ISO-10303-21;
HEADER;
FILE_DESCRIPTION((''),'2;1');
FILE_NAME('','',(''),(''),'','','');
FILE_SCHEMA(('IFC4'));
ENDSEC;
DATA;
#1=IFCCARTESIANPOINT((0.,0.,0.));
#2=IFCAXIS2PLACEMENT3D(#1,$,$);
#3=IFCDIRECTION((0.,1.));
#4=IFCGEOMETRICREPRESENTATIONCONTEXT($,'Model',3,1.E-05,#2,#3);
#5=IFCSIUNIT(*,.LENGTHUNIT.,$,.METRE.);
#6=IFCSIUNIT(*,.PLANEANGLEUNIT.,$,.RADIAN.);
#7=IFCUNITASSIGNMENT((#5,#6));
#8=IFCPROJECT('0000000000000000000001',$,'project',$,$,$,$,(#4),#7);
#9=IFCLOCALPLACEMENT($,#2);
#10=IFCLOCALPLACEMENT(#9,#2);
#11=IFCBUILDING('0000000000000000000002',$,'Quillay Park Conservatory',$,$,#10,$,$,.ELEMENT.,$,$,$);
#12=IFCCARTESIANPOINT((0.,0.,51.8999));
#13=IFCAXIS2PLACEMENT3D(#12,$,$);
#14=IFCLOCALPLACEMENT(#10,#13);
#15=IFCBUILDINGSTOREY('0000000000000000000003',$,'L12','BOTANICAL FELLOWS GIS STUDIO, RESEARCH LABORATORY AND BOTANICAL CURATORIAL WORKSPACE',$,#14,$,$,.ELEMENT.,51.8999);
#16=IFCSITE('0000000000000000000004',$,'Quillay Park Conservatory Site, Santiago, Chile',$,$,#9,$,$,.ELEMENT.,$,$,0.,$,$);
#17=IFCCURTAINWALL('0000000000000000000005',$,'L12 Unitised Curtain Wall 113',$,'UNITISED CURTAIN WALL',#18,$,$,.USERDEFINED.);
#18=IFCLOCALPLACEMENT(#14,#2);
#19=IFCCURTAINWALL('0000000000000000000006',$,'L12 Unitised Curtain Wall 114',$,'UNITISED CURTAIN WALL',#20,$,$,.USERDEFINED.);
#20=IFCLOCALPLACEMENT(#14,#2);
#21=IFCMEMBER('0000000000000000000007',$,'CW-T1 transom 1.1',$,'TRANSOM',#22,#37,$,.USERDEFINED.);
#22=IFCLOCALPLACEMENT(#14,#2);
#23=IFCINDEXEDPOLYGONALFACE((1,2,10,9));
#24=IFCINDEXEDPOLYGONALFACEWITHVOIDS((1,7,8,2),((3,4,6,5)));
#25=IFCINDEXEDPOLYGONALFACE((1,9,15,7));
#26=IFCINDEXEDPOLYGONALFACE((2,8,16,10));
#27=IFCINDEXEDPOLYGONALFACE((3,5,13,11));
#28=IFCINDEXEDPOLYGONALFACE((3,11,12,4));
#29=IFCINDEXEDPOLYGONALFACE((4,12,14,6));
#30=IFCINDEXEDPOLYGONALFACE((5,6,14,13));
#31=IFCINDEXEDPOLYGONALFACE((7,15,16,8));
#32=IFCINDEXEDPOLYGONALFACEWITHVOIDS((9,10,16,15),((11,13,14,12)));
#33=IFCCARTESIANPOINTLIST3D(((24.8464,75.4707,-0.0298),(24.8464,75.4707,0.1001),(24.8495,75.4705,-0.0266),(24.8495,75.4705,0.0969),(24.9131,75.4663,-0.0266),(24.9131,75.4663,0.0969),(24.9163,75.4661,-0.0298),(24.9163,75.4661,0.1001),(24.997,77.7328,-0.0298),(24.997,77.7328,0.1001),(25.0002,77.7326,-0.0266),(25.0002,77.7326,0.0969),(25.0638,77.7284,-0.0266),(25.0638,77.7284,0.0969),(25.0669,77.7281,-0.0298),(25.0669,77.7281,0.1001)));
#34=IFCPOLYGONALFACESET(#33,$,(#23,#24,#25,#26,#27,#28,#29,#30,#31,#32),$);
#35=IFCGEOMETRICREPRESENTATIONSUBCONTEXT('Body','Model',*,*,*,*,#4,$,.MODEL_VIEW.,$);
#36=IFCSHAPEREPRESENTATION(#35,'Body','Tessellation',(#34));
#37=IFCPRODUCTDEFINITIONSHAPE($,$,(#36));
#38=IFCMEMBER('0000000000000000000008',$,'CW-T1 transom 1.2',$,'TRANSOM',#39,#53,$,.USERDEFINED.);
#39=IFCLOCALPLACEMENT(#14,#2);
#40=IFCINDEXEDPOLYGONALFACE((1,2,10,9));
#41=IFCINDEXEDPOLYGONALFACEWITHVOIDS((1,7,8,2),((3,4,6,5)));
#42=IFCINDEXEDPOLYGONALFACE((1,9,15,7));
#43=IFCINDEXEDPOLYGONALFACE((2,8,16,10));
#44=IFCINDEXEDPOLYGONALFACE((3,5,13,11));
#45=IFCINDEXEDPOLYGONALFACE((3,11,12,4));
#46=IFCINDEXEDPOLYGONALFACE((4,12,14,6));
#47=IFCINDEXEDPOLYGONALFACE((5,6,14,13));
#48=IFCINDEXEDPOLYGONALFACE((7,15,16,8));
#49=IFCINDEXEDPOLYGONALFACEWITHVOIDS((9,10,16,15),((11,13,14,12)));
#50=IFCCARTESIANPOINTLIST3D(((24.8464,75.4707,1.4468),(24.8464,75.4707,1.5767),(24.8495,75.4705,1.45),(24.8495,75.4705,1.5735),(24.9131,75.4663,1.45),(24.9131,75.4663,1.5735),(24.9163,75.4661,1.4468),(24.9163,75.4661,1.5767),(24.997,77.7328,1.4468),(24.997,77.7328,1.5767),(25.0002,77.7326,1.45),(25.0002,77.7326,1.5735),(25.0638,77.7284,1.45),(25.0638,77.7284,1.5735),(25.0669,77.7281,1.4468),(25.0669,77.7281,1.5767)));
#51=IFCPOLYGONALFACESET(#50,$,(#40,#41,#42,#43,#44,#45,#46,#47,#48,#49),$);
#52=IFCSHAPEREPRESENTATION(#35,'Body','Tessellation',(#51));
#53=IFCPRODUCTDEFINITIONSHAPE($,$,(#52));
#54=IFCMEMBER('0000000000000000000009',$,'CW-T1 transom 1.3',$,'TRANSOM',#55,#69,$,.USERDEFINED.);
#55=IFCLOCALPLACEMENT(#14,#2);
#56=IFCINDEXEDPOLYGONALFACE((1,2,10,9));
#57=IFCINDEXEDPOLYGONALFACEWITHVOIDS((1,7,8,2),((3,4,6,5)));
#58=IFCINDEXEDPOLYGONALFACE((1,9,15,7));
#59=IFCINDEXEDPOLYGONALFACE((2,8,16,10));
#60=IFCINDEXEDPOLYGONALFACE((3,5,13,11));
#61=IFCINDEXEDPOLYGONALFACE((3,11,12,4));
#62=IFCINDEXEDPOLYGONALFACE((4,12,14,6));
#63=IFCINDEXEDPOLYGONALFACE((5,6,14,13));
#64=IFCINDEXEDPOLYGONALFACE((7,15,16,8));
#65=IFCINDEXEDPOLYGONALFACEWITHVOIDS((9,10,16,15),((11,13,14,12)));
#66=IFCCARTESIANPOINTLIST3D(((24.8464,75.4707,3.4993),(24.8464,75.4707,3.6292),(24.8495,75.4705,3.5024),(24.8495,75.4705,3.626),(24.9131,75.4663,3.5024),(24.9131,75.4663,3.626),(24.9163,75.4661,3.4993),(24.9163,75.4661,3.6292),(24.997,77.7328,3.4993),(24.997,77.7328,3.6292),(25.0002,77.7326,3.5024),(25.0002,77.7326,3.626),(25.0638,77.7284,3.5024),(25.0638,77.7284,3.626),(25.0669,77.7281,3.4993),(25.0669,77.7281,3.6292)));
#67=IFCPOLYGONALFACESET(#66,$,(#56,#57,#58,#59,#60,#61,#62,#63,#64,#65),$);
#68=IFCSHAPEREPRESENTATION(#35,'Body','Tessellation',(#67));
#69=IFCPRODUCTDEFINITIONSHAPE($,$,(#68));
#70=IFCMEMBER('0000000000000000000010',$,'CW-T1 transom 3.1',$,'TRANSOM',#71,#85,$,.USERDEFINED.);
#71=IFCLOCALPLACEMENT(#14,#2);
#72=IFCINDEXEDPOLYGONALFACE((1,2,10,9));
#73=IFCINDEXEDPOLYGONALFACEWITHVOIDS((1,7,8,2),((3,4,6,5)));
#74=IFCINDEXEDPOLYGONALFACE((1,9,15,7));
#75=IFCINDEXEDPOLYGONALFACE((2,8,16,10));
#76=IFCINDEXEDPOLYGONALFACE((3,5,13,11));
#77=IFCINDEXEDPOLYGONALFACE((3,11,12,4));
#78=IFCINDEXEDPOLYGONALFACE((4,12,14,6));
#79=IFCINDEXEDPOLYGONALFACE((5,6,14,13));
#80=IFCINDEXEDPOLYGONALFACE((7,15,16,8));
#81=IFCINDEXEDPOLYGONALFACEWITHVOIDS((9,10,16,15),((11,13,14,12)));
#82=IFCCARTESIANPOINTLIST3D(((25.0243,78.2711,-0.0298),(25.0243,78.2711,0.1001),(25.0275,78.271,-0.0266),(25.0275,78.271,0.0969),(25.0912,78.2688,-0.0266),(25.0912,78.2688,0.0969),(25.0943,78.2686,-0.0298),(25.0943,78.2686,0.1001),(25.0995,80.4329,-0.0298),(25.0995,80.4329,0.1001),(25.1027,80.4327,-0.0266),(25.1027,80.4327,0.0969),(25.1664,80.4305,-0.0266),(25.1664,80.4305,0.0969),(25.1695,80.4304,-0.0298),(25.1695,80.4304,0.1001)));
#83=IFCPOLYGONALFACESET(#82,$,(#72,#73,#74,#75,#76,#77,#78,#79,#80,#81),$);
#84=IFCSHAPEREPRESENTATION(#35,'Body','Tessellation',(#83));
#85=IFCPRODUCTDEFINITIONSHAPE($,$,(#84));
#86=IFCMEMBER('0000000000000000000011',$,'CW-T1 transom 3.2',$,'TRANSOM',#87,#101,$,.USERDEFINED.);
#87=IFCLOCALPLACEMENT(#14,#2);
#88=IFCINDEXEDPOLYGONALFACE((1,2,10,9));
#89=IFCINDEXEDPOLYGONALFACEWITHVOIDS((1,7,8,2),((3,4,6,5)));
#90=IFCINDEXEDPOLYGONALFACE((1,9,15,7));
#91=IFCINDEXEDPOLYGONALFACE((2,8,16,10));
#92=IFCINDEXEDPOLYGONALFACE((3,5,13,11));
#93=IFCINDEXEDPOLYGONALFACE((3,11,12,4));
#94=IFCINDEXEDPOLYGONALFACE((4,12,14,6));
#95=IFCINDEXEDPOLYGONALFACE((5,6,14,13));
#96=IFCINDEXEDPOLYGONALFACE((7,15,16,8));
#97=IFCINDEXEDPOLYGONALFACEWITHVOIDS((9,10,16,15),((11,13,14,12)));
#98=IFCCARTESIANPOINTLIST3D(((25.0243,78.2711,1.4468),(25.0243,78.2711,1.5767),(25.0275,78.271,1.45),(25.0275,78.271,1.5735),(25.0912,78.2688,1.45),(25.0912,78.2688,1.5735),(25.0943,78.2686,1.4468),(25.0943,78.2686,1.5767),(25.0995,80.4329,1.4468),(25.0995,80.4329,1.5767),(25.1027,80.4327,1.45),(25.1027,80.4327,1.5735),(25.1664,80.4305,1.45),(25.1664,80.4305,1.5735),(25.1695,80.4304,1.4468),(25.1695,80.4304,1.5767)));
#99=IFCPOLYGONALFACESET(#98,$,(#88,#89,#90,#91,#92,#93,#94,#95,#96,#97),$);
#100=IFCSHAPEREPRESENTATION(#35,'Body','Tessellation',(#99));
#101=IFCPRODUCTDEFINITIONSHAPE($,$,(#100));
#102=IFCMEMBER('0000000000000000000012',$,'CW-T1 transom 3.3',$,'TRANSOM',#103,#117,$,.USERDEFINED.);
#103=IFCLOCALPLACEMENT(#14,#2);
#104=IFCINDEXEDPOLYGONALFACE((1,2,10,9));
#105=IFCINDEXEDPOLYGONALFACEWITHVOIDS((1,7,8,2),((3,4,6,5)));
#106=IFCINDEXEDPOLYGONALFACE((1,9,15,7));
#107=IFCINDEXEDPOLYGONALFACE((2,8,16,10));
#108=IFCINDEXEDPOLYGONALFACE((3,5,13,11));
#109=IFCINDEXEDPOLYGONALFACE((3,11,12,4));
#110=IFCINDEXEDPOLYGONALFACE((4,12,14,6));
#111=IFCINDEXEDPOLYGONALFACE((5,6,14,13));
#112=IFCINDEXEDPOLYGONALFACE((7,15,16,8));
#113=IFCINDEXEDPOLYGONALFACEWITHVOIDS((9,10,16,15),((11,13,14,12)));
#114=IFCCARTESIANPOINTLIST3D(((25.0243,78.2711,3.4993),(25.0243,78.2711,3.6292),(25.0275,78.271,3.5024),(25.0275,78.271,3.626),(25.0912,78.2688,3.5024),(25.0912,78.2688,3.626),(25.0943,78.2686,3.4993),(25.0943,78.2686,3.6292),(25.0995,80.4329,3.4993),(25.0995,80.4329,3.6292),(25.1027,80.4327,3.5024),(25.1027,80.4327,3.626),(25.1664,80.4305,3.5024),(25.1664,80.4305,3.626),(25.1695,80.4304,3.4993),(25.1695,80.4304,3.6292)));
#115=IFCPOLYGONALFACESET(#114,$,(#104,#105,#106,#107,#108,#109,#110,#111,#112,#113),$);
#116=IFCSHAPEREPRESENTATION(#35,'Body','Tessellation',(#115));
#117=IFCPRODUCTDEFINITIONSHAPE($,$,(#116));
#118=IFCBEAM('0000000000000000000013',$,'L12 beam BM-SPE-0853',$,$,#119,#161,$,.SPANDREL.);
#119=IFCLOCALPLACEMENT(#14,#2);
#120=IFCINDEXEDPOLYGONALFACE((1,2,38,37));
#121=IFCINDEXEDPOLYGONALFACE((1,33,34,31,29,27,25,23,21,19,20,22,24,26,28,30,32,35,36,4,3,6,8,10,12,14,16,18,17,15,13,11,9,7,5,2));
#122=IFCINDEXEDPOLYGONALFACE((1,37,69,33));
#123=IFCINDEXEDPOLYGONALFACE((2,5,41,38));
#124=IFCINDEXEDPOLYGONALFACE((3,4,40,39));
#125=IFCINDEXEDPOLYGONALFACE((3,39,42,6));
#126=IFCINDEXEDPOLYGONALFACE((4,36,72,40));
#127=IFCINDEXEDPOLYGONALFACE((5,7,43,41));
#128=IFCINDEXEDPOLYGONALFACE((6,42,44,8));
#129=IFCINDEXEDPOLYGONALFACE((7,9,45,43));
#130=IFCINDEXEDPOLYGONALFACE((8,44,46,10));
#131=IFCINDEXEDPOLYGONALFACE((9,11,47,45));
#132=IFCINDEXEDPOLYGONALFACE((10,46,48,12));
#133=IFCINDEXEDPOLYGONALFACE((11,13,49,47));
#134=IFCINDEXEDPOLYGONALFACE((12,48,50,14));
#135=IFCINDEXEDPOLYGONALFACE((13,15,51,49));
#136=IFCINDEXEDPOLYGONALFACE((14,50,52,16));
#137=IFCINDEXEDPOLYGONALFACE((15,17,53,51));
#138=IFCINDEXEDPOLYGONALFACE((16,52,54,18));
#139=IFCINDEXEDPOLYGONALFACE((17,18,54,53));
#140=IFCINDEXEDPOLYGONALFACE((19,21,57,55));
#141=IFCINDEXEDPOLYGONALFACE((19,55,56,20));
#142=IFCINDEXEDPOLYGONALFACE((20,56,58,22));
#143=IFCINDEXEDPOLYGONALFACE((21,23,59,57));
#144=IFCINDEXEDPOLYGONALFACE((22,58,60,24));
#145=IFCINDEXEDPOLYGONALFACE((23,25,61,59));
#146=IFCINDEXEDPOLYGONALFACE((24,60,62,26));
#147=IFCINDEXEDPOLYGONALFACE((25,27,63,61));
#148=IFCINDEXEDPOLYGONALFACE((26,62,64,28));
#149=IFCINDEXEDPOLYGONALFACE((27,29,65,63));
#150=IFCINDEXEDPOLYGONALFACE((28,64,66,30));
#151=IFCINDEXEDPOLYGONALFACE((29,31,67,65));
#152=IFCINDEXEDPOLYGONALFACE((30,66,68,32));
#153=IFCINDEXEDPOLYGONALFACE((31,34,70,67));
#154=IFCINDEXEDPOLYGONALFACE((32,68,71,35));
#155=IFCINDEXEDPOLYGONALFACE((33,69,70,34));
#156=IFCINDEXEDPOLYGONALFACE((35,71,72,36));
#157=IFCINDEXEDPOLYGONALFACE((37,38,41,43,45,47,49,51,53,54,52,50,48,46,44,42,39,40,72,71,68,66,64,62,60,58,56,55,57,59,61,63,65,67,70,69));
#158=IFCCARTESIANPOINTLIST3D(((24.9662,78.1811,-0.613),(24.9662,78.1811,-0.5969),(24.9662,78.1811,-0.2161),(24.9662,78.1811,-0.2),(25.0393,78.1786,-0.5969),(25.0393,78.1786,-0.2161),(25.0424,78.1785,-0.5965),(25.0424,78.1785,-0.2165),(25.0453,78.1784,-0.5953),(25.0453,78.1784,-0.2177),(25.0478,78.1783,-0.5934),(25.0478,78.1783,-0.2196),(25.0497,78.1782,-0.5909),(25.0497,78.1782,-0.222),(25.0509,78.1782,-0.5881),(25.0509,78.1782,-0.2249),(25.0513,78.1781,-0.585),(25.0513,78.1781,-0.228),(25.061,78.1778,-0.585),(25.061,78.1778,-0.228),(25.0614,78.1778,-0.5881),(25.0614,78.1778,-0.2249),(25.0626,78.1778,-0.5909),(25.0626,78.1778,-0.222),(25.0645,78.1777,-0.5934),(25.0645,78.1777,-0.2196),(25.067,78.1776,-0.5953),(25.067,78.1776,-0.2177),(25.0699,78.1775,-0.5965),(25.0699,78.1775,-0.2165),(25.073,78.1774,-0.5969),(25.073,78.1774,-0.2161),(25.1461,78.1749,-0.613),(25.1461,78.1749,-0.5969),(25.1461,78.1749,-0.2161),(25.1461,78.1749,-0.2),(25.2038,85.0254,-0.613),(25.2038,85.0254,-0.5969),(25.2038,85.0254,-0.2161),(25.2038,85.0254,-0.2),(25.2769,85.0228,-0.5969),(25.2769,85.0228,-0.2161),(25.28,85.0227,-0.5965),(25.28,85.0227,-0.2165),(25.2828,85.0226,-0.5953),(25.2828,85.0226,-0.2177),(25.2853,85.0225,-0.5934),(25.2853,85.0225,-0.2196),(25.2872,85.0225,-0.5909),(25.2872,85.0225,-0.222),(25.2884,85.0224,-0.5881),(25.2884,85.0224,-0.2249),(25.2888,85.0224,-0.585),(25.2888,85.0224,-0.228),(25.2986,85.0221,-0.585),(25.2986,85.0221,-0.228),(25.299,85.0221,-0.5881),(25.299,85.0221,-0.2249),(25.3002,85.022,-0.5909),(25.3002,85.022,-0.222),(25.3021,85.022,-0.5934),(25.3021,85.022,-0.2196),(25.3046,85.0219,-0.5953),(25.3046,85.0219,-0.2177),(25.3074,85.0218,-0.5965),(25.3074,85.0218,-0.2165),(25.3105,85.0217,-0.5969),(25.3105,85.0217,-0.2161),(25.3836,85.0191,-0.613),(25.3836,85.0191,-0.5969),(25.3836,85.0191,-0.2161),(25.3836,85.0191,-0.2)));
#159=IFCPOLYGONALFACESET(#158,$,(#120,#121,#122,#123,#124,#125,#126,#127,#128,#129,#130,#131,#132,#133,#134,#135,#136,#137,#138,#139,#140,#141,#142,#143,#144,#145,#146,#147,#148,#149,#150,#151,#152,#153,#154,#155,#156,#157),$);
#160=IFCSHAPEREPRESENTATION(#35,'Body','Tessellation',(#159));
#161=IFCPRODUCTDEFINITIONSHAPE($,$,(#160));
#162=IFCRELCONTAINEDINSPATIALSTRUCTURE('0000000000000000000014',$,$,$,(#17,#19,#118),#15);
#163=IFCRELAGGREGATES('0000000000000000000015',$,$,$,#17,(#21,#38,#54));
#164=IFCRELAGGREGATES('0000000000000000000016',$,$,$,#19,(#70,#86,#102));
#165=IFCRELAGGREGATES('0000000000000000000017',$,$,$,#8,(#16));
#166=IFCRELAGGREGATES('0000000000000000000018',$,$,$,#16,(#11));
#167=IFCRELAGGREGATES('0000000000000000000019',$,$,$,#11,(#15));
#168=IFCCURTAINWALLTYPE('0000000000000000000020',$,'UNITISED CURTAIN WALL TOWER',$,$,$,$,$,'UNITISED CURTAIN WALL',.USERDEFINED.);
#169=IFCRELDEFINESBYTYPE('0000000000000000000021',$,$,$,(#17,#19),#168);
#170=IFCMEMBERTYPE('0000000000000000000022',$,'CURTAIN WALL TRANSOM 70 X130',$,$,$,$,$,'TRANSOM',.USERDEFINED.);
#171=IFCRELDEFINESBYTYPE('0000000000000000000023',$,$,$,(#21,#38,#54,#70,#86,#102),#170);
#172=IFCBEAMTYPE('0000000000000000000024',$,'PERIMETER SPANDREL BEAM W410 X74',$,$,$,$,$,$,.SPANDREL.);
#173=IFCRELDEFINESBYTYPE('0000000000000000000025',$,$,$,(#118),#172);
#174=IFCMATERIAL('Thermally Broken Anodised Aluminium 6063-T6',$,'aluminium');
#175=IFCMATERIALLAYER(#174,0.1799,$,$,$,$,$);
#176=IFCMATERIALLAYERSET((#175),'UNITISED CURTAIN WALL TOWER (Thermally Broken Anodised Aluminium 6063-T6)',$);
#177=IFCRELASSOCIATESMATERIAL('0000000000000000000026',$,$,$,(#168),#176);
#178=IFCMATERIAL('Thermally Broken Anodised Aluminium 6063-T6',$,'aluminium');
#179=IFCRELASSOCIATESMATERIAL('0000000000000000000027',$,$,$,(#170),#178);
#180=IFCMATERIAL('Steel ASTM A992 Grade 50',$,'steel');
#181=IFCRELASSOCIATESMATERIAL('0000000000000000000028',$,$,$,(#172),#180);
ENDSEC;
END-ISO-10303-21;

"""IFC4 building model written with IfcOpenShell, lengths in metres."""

from ifc_helpers import new_model, si_unit, direction, frame, origin, origin_2d, place, context, subcontext, project, spatial, hollow_rectangle, i_section, extrude, material, layer, layer_set, material_profile, profile_set, type_object, element, aggregate, save


model = new_model("IFC4")

# Units and contexts
model_context = context("Model", 3, precision=1e-05, world=origin(), true_north=direction((0.0, 1.0)))
body_context = subcontext(model_context, "Body", "Model", "MODEL_VIEW")
ifc_project = project(units=[si_unit("LENGTHUNIT", "METRE"), si_unit("PLANEANGLEUNIT", "RADIAN")], contexts=[model_context])

# Site, building, storey
site_placement = place(None, origin())
site = spatial("IfcSite", under=ifc_project, at=site_placement, Name="Quillay Park Conservatory Site, Santiago, Chile", CompositionType="ELEMENT", RefElevation=0.0)
building_placement = place(site_placement, origin())
building = spatial("IfcBuilding", under=site, at=building_placement, Name="Quillay Park Conservatory", CompositionType="ELEMENT")
storey_placement = place(building_placement, frame((0.0, 0.0, 51.8999)))
storey = spatial("IfcBuildingStorey", under=building, at=storey_placement, Name="L12", Description="BOTANICAL FELLOWS GIS STUDIO, RESEARCH LABORATORY AND BOTANICAL CURATORIAL WORKSPACE", CompositionType="ELEMENT", Elevation=51.8999)

# Curtain wall
ifc_material_1 = material(Name="Thermally Broken Anodised Aluminium 6063-T6", Category="aluminium")
ifc_layer_1 = layer(ifc_material_1, 0.1799)
ifc_layer_set_1 = layer_set([ifc_layer_1], Name="UNITISED CURTAIN WALL TOWER (Thermally Broken Anodised Aluminium 6063-T6)")
curtain_wall_type = type_object("IfcCurtainWallType", Name="UNITISED CURTAIN WALL TOWER", ElementType="UNITISED CURTAIN WALL", PredefinedType="USERDEFINED", material=ifc_layer_set_1)
curtain_wall_1_placement = place(storey_placement, origin())
curtain_wall_1 = element("IfcCurtainWall", 1, at=curtain_wall_1_placement, inside=storey, type_object=curtain_wall_type, Name="L12 Unitised Curtain Wall 113", ObjectType="UNITISED CURTAIN WALL", PredefinedType="USERDEFINED")

# Curtain wall
curtain_wall_2_placement = place(storey_placement, origin())
curtain_wall_2 = element("IfcCurtainWall", 2, at=curtain_wall_2_placement, inside=storey, type_object=curtain_wall_type, Name="L12 Unitised Curtain Wall 114", ObjectType="UNITISED CURTAIN WALL", PredefinedType="USERDEFINED")

# Members
ifc_material_2 = material(Name="Thermally Broken Anodised Aluminium 6063-T6", Category="aluminium")
ifc_material_profile_1 = material_profile(ifc_material_2, hollow_rectangle(XDim=0.0701, YDim=0.1299, WallThickness=0.0032, at=origin_2d()), Name="AL70x130x3.2")
ifc_profile_set_1 = profile_set([ifc_material_profile_1], Name="Thermally Broken Anodised Aluminium 6063-T6")
member_type_1 = type_object("IfcMemberType", Name="CURTAIN WALL TRANSOM 70 X130", ElementType="TRANSOM", PredefinedType="USERDEFINED", material=ifc_profile_set_1)
member_1_placement = place(storey_placement, frame((25.032, 77.7305, 0.0352), z_axis=(-0.066448, -0.99779, 0.0), x_axis=(0.99779, -0.066448, 0.0)))
member_1 = element("IfcMember", 3, at=member_1_placement, type_object=member_type_1, Name="CW-T1 transom 1.1", ObjectType="TRANSOM", PredefinedType="USERDEFINED", context=body_context, shape_type="SweptSolid", body=[
    extrude(hollow_rectangle(XDim=0.0701, YDim=0.1299, WallThickness=0.0032, at=origin_2d()), origin(), (0.0, 0.0, 1.0), 2.2671),
])
member_2_placement = place(storey_placement, frame((25.032, 77.7305, 1.5117), z_axis=(-0.066448, -0.99779, 0.0), x_axis=(0.99779, -0.066448, 0.0)))
member_2 = element("IfcMember", 4, at=member_2_placement, type_object=member_type_1, Name="CW-T1 transom 1.2", ObjectType="TRANSOM", PredefinedType="USERDEFINED", context=body_context, shape_type="SweptSolid", body=[
    extrude(hollow_rectangle(XDim=0.0701, YDim=0.1299, WallThickness=0.0032, at=origin_2d()), origin(), (0.0, 0.0, 1.0), 2.2671),
])
member_3_placement = place(storey_placement, frame((25.032, 77.7305, 3.5642), z_axis=(-0.066448, -0.99779, 0.0), x_axis=(0.99779, -0.066448, 0.0)))
member_3 = element("IfcMember", 5, at=member_3_placement, type_object=member_type_1, Name="CW-T1 transom 1.3", ObjectType="TRANSOM", PredefinedType="USERDEFINED", context=body_context, shape_type="SweptSolid", body=[
    extrude(hollow_rectangle(XDim=0.0701, YDim=0.1299, WallThickness=0.0032, at=origin_2d()), origin(), (0.0, 0.0, 1.0), 2.2671),
])
member_4_placement = place(storey_placement, frame((25.1345, 80.4316, 0.0352), z_axis=(-0.034762, -0.999396, 0.0), x_axis=(0.999396, -0.034762, 0.0)))
member_4 = element("IfcMember", 6, at=member_4_placement, type_object=member_type_1, Name="CW-T1 transom 3.1", ObjectType="TRANSOM", PredefinedType="USERDEFINED", context=body_context, shape_type="SweptSolid", body=[
    extrude(hollow_rectangle(XDim=0.0701, YDim=0.1299, WallThickness=0.0032, at=origin_2d()), origin(), (0.0, 0.0, 1.0), 2.1631),
])
member_5_placement = place(storey_placement, frame((25.1345, 80.4316, 1.5117), z_axis=(-0.034762, -0.999396, 0.0), x_axis=(0.999396, -0.034762, 0.0)))
member_5 = element("IfcMember", 7, at=member_5_placement, type_object=member_type_1, Name="CW-T1 transom 3.2", ObjectType="TRANSOM", PredefinedType="USERDEFINED", context=body_context, shape_type="SweptSolid", body=[
    extrude(hollow_rectangle(XDim=0.0701, YDim=0.1299, WallThickness=0.0032, at=origin_2d()), origin(), (0.0, 0.0, 1.0), 2.1631),
])
member_6_placement = place(storey_placement, frame((25.1345, 80.4316, 3.5642), z_axis=(-0.034762, -0.999396, 0.0), x_axis=(0.999396, -0.034762, 0.0)))
member_6 = element("IfcMember", 8, at=member_6_placement, type_object=member_type_1, Name="CW-T1 transom 3.3", ObjectType="TRANSOM", PredefinedType="USERDEFINED", context=body_context, shape_type="SweptSolid", body=[
    extrude(hollow_rectangle(XDim=0.0701, YDim=0.1299, WallThickness=0.0032, at=origin_2d()), origin(), (0.0, 0.0, 1.0), 2.1631),
])

# Beam
ifc_material_3 = material(Name="Steel ASTM A992 Grade 50", Category="steel")
ifc_material_profile_2 = material_profile(ifc_material_3, i_section(OverallWidth=0.1799, OverallDepth=0.4131, WebThickness=0.0098, FlangeThickness=0.0161, FilletRadius=0.012, at=origin_2d()), Name="W410x74")
ifc_profile_set_2 = profile_set([ifc_material_profile_2], Name="Steel ASTM A992 Grade 50")
beam_type_1 = type_object("IfcBeamType", Name="PERIMETER SPANDREL BEAM W410 X74", PredefinedType="SPANDREL", material=ifc_profile_set_2)
beam_1_placement = place(storey_placement, frame((25.0562, 78.178, -0.4065), z_axis=(0.034687, 0.999398, 0.0), x_axis=(-0.999398, 0.034687, 0.0)))
element("IfcBeam", 9, at=beam_1_placement, inside=storey, type_object=beam_type_1, Name="L12 beam BM-SPE-0853", PredefinedType="SPANDREL", context=body_context, shape_type="SweptSolid", body=[
    extrude(i_section(OverallWidth=0.1799, OverallDepth=0.4131, WebThickness=0.0098, FlangeThickness=0.0161, FilletRadius=0.012, at=origin_2d()), origin(), (0.0, 0.0, 1.0), 6.8484),
])

aggregate(curtain_wall_1, [member_1, member_2, member_3])
aggregate(curtain_wall_2, [member_4, member_5, member_6])

save(model, "model.ifc")
